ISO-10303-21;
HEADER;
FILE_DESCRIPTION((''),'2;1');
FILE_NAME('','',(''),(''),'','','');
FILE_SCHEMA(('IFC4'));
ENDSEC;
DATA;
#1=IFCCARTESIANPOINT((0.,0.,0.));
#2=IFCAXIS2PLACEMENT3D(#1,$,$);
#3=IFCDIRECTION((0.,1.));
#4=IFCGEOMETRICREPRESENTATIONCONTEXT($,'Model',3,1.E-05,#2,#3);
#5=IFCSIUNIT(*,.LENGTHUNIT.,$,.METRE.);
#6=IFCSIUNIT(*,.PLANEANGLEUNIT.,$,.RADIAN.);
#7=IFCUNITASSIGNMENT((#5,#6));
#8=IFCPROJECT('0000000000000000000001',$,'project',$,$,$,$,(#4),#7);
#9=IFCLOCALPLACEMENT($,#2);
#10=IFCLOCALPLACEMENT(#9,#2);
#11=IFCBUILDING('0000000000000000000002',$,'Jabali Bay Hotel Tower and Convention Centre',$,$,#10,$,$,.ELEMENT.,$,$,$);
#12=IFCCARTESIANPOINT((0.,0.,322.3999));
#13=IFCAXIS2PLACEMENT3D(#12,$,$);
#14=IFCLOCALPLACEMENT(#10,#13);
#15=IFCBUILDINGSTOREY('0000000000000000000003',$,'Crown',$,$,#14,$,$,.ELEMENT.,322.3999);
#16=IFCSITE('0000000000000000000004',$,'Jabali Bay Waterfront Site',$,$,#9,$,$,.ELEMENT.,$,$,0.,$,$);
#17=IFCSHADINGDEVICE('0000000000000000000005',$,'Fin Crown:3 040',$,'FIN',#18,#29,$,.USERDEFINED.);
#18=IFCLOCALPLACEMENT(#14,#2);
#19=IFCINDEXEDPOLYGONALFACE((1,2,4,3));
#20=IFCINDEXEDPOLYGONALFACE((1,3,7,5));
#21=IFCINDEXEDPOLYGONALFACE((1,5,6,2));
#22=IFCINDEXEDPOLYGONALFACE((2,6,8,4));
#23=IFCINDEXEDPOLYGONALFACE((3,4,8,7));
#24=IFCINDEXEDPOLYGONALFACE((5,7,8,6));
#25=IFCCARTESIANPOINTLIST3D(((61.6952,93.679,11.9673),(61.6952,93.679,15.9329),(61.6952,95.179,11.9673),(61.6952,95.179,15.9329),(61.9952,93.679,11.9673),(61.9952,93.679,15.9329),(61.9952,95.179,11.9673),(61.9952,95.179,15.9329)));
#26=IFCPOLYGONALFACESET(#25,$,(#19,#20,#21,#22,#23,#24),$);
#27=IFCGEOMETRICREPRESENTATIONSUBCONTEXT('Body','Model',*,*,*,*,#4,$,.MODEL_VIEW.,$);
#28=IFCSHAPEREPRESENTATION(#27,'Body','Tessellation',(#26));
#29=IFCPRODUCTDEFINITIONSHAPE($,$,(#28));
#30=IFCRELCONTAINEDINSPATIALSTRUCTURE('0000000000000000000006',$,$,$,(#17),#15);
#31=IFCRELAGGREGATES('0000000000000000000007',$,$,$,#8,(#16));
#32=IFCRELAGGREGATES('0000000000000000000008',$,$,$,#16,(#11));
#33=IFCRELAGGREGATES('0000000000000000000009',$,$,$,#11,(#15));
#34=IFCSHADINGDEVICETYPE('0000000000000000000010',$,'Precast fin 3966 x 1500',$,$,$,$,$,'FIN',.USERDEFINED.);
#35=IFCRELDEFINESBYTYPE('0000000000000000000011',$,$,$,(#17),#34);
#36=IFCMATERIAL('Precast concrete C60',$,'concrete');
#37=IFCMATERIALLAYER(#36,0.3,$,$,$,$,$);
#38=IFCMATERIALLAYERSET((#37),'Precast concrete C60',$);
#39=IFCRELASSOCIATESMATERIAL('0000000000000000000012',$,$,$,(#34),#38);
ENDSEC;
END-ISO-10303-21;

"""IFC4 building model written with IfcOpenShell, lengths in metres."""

from ifc_helpers import new_model, si_unit, direction, frame, frame_2d, origin, place, context, subcontext, project, spatial, rectangle, extrude, material, layer, layer_set, type_object, element, save


model = new_model("IFC4")

# Units and contexts
model_context = context("Model", 3, precision=1e-05, world=origin(), true_north=direction((0.0, 1.0)))
body_context = subcontext(model_context, "Body", "Model", "MODEL_VIEW")
ifc_project = project(units=[si_unit("LENGTHUNIT", "METRE"), si_unit("PLANEANGLEUNIT", "RADIAN")], contexts=[model_context])

# Site, building, storey
site_placement = place(None, origin())
site = spatial("IfcSite", under=ifc_project, at=site_placement, Name="Jabali Bay Waterfront Site", CompositionType="ELEMENT", RefElevation=0.0)
building_placement = place(site_placement, origin())
building = spatial("IfcBuilding", under=site, at=building_placement, Name="Jabali Bay Hotel Tower and Convention Centre", CompositionType="ELEMENT")
storey_placement = place(building_placement, frame((0.0, 0.0, 322.3999)))
storey = spatial("IfcBuildingStorey", under=building, at=storey_placement, Name="Crown", CompositionType="ELEMENT", Elevation=322.3999)

# Shading device
ifc_material_1 = material(Name="Precast concrete C60", Category="concrete")
ifc_layer = layer(ifc_material_1, 0.3)
ifc_layer_set = layer_set([ifc_layer], Name="Precast concrete C60")
shading_device_type = type_object("IfcShadingDeviceType", Name="Precast fin 3966 x 1500", ElementType="FIN", PredefinedType="USERDEFINED", material=ifc_layer_set)
for number, where, z_axis, x_axis, name in (
    (1, (61.8452, 93.679, 11.9673), (0.0, 0.0, 1.0), (0.0, 1.0, 0.0), "Fin Crown:3 040"),
):
    element("IfcShadingDevice", number, at=place(storey_placement, frame(where, z_axis=z_axis, x_axis=x_axis)), inside=storey, type_object=shading_device_type, Name=name, ObjectType="FIN", PredefinedType="USERDEFINED", context=body_context, shape_type="SweptSolid", body=[
        extrude(rectangle(XDim=1.5, YDim=0.3, at=frame_2d((0.75, 0.0))), origin(), (0.0, 0.0, 1.0), 3.9656),
    ])

save(model, "model.ifc")
